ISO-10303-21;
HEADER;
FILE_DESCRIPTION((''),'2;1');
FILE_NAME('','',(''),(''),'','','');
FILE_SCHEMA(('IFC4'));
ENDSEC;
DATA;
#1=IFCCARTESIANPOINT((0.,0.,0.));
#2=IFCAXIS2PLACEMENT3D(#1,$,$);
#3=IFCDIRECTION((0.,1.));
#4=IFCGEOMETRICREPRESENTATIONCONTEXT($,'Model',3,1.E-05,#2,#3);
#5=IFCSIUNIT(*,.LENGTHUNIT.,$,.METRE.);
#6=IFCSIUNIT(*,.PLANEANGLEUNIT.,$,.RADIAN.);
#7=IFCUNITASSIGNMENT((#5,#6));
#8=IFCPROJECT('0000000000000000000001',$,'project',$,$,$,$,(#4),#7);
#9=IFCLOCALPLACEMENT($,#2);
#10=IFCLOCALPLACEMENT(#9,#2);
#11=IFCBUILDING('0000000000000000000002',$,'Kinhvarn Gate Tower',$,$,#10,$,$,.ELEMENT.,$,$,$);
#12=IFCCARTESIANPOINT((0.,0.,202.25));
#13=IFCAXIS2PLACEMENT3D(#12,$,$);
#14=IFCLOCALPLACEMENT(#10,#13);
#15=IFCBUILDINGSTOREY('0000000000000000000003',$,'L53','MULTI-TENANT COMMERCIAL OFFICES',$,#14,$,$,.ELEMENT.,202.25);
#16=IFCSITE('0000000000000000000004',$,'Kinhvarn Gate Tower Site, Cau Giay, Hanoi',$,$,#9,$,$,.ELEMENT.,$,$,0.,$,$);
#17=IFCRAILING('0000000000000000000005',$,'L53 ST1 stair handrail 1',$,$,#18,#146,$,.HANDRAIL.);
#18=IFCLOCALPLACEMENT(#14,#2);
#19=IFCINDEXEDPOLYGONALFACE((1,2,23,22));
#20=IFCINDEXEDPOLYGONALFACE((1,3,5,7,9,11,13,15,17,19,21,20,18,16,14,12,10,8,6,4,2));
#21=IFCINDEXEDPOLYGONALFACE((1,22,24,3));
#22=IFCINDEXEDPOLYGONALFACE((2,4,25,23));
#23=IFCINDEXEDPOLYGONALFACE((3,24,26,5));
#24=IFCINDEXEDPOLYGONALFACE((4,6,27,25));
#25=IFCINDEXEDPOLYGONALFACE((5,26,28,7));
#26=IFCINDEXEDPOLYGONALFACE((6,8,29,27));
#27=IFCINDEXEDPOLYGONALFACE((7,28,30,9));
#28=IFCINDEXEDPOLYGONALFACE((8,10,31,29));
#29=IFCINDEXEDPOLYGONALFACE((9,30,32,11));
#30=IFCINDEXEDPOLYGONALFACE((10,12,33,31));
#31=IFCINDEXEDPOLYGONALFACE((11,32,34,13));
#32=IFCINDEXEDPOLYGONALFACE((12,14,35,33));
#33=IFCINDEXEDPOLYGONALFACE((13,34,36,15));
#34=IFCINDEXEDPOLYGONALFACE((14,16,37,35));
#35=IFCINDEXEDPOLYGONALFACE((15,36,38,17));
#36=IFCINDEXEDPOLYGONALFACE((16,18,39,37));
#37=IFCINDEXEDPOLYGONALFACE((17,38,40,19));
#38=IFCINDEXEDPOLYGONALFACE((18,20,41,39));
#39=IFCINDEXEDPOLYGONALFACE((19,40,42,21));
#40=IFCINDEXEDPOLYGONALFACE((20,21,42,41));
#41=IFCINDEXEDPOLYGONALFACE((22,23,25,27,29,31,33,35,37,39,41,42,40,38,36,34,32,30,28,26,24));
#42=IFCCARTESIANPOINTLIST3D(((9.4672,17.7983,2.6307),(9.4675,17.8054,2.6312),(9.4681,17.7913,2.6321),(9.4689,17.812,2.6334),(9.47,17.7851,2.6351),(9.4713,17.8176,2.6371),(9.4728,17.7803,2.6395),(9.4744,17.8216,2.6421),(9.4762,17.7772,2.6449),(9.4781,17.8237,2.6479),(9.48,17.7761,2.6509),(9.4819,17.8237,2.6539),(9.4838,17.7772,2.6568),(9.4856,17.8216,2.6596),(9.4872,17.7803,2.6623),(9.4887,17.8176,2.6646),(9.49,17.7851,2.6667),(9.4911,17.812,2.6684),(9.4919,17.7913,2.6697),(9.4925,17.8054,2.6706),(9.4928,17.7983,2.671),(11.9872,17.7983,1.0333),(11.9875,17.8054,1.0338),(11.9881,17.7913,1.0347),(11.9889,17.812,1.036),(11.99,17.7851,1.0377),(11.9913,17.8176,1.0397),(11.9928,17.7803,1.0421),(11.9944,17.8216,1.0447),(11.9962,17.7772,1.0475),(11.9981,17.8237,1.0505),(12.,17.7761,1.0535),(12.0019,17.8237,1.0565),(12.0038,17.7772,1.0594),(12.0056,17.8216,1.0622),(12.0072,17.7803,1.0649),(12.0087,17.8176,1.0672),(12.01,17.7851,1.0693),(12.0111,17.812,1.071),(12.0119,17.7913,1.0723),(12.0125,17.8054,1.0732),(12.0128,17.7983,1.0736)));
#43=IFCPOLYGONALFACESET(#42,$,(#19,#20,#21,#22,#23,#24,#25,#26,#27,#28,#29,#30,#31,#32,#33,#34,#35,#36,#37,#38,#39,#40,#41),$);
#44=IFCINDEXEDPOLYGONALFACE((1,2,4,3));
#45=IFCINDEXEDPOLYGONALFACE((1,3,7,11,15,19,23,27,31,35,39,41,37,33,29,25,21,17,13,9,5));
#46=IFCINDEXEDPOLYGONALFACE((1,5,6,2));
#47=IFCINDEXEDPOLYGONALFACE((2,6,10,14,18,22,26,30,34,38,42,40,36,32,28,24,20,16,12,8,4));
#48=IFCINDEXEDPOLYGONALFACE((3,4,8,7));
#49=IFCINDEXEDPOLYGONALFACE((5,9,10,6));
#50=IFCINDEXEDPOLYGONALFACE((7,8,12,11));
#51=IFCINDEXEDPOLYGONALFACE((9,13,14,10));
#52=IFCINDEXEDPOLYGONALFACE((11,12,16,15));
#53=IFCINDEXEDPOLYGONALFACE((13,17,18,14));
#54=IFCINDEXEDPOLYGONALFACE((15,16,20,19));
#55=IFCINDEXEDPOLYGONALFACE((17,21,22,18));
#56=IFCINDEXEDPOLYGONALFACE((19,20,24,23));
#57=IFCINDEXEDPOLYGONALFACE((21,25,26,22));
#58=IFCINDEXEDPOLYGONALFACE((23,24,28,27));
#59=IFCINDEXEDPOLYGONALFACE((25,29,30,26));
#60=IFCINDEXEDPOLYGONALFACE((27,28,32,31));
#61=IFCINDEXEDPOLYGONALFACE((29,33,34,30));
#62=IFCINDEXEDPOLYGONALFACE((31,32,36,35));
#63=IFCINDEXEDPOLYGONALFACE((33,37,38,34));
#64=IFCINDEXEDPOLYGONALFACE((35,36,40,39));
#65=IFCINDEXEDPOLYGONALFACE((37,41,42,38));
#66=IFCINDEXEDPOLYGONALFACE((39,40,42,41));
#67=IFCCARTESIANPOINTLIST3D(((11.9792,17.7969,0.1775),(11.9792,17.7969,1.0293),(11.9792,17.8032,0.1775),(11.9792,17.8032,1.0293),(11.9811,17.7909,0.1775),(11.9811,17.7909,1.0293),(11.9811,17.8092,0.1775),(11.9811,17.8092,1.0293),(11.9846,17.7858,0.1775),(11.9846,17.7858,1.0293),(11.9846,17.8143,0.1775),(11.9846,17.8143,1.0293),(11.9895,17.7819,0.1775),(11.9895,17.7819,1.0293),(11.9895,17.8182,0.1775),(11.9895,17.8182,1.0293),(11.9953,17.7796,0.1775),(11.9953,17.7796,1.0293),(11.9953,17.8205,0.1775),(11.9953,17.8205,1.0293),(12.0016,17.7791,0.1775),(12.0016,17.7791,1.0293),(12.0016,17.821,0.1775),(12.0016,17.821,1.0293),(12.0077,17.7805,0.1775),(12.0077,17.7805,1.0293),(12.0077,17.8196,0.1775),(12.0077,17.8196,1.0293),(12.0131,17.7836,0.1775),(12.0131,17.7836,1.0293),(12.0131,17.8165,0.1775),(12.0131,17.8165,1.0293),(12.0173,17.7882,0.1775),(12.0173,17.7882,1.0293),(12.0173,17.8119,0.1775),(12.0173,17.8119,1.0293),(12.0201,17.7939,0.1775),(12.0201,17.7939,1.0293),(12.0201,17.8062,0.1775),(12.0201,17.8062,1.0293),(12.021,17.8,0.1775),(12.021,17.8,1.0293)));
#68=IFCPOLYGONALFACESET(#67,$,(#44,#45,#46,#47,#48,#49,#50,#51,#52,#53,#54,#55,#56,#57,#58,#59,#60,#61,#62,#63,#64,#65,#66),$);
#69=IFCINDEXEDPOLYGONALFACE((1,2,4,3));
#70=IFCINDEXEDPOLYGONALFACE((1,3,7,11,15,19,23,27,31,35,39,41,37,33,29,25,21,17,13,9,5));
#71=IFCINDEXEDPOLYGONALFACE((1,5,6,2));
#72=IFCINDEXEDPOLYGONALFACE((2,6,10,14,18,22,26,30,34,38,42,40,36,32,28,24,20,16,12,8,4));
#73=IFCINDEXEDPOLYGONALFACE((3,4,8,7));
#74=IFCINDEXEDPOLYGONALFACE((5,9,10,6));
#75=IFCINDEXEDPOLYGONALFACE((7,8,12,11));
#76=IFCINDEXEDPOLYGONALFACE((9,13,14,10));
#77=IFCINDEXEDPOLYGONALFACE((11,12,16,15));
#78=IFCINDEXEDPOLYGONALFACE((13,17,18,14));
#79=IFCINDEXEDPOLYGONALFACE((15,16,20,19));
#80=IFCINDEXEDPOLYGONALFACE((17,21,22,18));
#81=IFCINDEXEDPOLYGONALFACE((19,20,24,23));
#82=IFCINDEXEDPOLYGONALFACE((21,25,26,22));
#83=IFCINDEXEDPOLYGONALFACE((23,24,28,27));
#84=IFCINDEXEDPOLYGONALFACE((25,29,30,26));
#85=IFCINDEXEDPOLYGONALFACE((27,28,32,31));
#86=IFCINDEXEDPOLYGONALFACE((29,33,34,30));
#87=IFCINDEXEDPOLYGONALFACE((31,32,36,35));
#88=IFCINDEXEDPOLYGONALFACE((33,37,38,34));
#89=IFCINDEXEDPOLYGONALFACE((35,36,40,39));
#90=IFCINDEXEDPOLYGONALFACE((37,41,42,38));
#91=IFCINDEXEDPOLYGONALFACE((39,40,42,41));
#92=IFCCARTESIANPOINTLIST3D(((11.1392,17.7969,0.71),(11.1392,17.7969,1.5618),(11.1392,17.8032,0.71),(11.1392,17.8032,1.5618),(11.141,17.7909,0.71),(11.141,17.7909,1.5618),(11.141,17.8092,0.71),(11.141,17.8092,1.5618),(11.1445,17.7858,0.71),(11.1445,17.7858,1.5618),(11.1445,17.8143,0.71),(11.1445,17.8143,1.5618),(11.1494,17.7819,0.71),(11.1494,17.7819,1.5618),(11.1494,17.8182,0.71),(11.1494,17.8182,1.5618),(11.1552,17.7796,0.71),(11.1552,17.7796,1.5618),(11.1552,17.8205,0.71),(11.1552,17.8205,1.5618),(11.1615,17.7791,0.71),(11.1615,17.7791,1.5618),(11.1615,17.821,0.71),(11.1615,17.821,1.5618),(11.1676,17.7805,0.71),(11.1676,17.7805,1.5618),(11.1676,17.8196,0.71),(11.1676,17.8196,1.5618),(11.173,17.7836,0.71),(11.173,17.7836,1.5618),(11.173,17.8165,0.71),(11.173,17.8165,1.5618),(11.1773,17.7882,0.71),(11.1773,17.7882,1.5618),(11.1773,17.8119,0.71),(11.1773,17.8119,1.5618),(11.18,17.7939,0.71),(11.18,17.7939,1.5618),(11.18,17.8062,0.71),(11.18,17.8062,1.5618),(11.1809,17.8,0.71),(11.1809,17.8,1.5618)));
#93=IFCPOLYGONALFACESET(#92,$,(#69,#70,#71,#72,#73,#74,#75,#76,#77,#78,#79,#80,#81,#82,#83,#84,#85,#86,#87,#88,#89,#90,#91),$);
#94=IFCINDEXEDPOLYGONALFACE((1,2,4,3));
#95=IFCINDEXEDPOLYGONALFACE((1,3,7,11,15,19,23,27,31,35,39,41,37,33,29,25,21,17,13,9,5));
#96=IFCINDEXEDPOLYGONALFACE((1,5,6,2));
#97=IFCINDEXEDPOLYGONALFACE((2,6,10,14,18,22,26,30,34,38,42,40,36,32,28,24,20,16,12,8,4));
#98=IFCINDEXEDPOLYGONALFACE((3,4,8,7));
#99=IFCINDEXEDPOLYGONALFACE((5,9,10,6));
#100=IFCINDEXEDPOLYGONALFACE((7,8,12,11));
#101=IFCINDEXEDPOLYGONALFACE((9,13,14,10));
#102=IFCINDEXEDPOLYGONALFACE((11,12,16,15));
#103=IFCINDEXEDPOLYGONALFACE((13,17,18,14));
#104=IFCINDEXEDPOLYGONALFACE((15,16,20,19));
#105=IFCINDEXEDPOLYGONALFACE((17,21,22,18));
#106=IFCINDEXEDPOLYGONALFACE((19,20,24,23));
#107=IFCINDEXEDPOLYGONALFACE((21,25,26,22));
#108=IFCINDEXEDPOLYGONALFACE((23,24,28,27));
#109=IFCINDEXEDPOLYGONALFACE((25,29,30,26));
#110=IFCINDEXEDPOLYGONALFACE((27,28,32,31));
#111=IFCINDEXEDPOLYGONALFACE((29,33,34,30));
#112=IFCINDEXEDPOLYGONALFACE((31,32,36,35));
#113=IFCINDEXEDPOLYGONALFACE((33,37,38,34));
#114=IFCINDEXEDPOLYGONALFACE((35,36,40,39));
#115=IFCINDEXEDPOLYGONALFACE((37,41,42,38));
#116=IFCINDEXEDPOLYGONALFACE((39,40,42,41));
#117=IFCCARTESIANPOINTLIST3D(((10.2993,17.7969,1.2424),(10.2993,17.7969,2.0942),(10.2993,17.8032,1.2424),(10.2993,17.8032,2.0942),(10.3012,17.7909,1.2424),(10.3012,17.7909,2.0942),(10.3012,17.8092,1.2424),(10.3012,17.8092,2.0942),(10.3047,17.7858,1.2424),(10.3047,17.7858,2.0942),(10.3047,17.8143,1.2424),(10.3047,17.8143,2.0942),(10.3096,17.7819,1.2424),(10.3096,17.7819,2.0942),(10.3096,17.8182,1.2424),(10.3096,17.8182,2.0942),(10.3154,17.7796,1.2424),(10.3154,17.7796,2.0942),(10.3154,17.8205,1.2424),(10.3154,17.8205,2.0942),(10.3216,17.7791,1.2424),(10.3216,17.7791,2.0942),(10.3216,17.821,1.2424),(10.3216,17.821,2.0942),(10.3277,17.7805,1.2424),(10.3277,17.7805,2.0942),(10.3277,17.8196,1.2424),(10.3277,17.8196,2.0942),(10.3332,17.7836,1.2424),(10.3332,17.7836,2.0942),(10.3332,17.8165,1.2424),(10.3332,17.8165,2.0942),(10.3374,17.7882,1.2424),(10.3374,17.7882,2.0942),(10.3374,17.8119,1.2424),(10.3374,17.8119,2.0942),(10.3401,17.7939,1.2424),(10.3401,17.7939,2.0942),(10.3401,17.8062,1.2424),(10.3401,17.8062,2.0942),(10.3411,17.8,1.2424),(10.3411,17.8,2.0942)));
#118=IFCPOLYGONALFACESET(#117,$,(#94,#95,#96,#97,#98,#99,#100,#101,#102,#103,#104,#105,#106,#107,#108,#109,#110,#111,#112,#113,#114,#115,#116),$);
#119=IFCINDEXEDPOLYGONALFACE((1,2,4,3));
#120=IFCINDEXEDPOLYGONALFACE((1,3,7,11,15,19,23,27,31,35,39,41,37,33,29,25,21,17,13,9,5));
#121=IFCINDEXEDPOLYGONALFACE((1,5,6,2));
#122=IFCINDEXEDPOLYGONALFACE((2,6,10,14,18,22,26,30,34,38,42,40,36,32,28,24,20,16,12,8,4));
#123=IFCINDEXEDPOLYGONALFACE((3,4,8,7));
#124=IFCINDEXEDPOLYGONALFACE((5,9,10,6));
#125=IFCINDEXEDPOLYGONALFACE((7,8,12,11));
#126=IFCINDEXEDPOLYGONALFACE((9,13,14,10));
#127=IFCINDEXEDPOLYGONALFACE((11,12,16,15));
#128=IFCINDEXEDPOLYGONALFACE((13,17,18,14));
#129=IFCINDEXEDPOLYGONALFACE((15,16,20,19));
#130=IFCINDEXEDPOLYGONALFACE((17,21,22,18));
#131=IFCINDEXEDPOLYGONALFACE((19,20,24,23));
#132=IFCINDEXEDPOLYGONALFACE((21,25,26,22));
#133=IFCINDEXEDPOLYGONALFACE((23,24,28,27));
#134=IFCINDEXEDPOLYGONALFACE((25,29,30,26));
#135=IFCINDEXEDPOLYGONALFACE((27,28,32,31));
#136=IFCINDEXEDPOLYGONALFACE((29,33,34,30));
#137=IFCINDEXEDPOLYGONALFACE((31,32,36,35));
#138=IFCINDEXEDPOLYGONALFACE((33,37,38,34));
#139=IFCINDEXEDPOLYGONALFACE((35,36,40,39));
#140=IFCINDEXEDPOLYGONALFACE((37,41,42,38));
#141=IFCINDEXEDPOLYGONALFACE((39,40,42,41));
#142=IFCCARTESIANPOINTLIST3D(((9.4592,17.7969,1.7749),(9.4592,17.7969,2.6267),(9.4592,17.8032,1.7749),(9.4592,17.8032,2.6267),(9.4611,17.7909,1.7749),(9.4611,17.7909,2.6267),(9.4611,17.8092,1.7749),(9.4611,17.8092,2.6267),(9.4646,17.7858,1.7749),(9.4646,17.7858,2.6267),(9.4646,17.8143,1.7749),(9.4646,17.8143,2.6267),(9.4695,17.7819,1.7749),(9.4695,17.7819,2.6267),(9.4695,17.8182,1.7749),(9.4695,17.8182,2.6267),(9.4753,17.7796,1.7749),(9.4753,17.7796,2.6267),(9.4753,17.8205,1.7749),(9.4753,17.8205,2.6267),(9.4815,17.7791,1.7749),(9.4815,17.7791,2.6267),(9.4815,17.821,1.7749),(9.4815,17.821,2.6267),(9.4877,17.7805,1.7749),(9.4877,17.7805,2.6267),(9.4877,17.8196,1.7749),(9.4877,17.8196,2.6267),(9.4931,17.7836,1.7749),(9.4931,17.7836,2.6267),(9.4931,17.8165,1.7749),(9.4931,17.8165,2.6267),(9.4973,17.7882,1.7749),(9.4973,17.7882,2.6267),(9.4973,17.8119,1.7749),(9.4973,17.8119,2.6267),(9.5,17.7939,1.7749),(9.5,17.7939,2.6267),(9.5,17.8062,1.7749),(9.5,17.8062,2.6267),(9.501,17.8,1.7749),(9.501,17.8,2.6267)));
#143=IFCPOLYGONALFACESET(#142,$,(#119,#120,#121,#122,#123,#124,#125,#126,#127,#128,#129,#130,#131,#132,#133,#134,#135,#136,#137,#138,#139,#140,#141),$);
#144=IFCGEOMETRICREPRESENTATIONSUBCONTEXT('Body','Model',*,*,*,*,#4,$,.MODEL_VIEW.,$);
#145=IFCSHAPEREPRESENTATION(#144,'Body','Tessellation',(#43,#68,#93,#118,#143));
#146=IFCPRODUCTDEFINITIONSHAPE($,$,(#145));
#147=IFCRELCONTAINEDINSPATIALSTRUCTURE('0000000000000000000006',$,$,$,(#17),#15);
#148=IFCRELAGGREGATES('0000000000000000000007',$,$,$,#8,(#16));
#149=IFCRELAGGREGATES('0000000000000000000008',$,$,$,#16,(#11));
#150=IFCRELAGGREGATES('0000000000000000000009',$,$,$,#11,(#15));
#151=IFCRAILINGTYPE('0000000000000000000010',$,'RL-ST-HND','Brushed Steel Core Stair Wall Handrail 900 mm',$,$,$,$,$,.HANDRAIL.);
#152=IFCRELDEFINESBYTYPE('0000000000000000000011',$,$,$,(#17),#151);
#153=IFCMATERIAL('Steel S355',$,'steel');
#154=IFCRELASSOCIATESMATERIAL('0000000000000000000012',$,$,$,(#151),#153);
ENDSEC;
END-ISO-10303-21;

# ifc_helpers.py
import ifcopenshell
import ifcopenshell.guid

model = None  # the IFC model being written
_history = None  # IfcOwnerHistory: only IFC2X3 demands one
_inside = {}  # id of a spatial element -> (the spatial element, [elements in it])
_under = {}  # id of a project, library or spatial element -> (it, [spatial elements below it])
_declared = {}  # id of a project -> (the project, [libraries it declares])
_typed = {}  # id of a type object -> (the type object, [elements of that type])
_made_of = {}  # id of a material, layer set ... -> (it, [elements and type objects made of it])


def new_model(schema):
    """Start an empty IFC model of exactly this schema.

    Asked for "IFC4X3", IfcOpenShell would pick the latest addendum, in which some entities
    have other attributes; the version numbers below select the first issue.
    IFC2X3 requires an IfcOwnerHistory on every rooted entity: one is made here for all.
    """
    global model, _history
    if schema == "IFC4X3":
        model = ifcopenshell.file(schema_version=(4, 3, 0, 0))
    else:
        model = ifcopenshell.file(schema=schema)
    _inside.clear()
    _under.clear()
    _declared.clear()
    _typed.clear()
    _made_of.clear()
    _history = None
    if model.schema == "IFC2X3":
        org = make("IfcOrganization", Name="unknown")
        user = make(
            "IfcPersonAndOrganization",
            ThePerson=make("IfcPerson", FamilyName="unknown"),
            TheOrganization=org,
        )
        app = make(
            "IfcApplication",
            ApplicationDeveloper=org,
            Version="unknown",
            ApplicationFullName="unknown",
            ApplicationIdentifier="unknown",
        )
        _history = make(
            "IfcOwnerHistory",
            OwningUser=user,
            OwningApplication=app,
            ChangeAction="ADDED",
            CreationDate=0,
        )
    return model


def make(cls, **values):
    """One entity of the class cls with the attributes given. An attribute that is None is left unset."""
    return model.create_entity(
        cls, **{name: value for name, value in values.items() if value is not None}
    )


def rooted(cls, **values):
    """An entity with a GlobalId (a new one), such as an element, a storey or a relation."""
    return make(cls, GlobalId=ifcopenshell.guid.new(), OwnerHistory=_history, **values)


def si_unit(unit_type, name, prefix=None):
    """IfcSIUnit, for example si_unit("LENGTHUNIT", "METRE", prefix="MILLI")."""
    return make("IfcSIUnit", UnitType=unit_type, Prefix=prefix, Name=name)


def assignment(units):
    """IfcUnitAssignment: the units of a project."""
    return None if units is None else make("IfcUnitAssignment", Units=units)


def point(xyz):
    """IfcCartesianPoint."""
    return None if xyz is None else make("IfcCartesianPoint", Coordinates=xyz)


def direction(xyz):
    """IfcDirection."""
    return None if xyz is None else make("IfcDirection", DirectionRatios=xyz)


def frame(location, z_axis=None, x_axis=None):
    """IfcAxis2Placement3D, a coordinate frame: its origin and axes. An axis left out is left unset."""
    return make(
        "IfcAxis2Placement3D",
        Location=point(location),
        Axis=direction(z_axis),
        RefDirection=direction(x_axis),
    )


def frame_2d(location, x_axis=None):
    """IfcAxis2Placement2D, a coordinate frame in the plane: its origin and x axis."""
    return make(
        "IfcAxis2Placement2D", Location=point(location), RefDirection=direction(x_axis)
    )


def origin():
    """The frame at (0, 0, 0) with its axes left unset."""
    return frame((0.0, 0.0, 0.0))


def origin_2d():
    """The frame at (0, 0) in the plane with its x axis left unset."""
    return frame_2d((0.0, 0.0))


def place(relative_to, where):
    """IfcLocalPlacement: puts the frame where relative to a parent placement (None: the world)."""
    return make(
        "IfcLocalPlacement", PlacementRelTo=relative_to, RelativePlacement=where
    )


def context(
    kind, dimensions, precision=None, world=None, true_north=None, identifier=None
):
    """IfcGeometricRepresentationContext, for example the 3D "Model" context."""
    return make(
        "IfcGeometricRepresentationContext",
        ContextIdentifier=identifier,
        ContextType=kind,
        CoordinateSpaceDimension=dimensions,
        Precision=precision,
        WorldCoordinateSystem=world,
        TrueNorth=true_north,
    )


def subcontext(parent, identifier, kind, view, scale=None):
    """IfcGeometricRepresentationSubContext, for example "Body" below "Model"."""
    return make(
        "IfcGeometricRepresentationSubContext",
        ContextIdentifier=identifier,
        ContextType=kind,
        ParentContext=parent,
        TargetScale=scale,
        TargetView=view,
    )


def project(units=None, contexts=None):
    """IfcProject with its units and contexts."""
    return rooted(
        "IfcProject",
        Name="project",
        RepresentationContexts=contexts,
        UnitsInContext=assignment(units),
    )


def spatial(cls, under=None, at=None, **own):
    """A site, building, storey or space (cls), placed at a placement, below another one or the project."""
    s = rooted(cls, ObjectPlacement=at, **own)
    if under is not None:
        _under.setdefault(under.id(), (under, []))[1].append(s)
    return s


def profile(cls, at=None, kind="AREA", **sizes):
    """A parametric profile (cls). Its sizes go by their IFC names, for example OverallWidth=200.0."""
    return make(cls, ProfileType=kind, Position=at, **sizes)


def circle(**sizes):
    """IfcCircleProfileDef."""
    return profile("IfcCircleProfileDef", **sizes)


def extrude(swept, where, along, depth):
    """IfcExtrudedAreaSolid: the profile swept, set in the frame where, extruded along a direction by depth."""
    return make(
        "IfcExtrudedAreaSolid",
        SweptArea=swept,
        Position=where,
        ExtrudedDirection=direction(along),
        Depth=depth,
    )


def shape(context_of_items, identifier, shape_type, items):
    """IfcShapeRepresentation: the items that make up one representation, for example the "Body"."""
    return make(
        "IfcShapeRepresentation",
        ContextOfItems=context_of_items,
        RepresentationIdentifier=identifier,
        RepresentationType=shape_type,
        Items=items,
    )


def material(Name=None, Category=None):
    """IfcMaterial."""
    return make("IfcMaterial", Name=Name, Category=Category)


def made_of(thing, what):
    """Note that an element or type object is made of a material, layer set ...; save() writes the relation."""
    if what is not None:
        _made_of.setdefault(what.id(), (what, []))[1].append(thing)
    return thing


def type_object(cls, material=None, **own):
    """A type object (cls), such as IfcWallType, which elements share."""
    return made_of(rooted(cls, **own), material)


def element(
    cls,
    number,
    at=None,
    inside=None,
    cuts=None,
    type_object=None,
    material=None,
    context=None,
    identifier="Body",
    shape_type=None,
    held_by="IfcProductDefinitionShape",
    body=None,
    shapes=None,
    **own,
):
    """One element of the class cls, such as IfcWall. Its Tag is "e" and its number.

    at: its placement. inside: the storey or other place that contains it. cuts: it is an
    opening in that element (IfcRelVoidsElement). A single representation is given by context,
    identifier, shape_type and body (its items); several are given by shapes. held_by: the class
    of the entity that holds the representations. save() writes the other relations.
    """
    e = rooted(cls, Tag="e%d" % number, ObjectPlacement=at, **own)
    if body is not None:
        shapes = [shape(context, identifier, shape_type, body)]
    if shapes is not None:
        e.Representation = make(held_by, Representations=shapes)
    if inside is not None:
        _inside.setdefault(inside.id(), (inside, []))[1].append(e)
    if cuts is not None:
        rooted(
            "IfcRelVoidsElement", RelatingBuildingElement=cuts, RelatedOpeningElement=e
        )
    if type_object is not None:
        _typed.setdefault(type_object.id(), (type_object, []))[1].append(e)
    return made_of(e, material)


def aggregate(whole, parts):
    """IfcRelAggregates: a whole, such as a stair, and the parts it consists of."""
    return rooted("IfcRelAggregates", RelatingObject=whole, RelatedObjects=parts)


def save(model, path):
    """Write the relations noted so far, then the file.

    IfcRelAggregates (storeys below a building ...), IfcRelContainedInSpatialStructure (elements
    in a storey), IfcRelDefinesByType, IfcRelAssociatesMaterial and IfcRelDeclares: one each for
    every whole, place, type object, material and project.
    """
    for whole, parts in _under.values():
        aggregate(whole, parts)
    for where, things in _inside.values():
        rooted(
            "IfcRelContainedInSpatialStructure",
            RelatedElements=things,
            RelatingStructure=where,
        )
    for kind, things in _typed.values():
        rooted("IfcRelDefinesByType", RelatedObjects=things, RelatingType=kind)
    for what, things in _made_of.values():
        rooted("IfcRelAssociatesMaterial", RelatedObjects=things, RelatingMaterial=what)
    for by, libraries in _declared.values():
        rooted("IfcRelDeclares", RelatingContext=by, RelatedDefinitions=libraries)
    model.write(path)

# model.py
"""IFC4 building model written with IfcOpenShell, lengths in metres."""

from ifc_helpers import new_model, si_unit, direction, frame, origin, origin_2d, place, context, subcontext, project, spatial, circle, extrude, material, type_object, element, save


model = new_model("IFC4")

# Units and contexts
model_context = context("Model", 3, precision=1e-05, world=origin(), true_north=direction((0.0, 1.0)))
body_context = subcontext(model_context, "Body", "Model", "MODEL_VIEW")
ifc_project = project(units=[si_unit("LENGTHUNIT", "METRE"), si_unit("PLANEANGLEUNIT", "RADIAN")], contexts=[model_context])

# Site, building, storey
site_placement = place(None, origin())
site = spatial("IfcSite", under=ifc_project, at=site_placement, Name="Kinhvarn Gate Tower Site, Cau Giay, Hanoi", CompositionType="ELEMENT", RefElevation=0.0)
building_placement = place(site_placement, origin())
building = spatial("IfcBuilding", under=site, at=building_placement, Name="Kinhvarn Gate Tower", CompositionType="ELEMENT")
storey_placement = place(building_placement, frame((0.0, 0.0, 202.25)))
storey = spatial("IfcBuildingStorey", under=building, at=storey_placement, Name="L53", Description="MULTI-TENANT COMMERCIAL OFFICES", CompositionType="ELEMENT", Elevation=202.25)

# Shared definitions
ifc_material_1 = material(Name="Steel S355", Category="steel")

# Railing
railing_type_1 = type_object("IfcRailingType", Name="RL-ST-HND", Description="Brushed Steel Core Stair Wall Handrail 900 mm", PredefinedType="HANDRAIL", material=ifc_material_1)
railing_1_placement = place(storey_placement, frame((12.0, 17.8, 0.1775)))
element("IfcRailing", 1, at=railing_1_placement, inside=storey, type_object=railing_type_1, Name="L53 ST1 stair handrail 1", PredefinedType="HANDRAIL", context=body_context, shape_type="SweptSolid", body=[
    extrude(circle(Radius=0.0239, at=origin_2d()), frame((0.0, 0.0, 0.876), z_axis=(-0.844607, 0.0, 0.535387), x_axis=(0.0, -1.0, 0.0)), (0.0, 0.0, 1.0), 2.9836),
    extrude(circle(Radius=0.021, at=origin_2d()), origin(), (0.0, 0.0, 1.0), 0.8518),
    extrude(circle(Radius=0.021, at=origin_2d()), frame((-0.8401, 0.0, 0.5325)), (0.0, 0.0, 1.0), 0.8518),
    extrude(circle(Radius=0.021, at=origin_2d()), frame((-1.6799, 0.0, 1.0649)), (0.0, 0.0, 1.0), 0.8518),
    extrude(circle(Radius=0.021, at=origin_2d()), frame((-2.52, 0.0, 1.5974)), (0.0, 0.0, 1.0), 0.8518),
])

save(model, "model.ifc")
